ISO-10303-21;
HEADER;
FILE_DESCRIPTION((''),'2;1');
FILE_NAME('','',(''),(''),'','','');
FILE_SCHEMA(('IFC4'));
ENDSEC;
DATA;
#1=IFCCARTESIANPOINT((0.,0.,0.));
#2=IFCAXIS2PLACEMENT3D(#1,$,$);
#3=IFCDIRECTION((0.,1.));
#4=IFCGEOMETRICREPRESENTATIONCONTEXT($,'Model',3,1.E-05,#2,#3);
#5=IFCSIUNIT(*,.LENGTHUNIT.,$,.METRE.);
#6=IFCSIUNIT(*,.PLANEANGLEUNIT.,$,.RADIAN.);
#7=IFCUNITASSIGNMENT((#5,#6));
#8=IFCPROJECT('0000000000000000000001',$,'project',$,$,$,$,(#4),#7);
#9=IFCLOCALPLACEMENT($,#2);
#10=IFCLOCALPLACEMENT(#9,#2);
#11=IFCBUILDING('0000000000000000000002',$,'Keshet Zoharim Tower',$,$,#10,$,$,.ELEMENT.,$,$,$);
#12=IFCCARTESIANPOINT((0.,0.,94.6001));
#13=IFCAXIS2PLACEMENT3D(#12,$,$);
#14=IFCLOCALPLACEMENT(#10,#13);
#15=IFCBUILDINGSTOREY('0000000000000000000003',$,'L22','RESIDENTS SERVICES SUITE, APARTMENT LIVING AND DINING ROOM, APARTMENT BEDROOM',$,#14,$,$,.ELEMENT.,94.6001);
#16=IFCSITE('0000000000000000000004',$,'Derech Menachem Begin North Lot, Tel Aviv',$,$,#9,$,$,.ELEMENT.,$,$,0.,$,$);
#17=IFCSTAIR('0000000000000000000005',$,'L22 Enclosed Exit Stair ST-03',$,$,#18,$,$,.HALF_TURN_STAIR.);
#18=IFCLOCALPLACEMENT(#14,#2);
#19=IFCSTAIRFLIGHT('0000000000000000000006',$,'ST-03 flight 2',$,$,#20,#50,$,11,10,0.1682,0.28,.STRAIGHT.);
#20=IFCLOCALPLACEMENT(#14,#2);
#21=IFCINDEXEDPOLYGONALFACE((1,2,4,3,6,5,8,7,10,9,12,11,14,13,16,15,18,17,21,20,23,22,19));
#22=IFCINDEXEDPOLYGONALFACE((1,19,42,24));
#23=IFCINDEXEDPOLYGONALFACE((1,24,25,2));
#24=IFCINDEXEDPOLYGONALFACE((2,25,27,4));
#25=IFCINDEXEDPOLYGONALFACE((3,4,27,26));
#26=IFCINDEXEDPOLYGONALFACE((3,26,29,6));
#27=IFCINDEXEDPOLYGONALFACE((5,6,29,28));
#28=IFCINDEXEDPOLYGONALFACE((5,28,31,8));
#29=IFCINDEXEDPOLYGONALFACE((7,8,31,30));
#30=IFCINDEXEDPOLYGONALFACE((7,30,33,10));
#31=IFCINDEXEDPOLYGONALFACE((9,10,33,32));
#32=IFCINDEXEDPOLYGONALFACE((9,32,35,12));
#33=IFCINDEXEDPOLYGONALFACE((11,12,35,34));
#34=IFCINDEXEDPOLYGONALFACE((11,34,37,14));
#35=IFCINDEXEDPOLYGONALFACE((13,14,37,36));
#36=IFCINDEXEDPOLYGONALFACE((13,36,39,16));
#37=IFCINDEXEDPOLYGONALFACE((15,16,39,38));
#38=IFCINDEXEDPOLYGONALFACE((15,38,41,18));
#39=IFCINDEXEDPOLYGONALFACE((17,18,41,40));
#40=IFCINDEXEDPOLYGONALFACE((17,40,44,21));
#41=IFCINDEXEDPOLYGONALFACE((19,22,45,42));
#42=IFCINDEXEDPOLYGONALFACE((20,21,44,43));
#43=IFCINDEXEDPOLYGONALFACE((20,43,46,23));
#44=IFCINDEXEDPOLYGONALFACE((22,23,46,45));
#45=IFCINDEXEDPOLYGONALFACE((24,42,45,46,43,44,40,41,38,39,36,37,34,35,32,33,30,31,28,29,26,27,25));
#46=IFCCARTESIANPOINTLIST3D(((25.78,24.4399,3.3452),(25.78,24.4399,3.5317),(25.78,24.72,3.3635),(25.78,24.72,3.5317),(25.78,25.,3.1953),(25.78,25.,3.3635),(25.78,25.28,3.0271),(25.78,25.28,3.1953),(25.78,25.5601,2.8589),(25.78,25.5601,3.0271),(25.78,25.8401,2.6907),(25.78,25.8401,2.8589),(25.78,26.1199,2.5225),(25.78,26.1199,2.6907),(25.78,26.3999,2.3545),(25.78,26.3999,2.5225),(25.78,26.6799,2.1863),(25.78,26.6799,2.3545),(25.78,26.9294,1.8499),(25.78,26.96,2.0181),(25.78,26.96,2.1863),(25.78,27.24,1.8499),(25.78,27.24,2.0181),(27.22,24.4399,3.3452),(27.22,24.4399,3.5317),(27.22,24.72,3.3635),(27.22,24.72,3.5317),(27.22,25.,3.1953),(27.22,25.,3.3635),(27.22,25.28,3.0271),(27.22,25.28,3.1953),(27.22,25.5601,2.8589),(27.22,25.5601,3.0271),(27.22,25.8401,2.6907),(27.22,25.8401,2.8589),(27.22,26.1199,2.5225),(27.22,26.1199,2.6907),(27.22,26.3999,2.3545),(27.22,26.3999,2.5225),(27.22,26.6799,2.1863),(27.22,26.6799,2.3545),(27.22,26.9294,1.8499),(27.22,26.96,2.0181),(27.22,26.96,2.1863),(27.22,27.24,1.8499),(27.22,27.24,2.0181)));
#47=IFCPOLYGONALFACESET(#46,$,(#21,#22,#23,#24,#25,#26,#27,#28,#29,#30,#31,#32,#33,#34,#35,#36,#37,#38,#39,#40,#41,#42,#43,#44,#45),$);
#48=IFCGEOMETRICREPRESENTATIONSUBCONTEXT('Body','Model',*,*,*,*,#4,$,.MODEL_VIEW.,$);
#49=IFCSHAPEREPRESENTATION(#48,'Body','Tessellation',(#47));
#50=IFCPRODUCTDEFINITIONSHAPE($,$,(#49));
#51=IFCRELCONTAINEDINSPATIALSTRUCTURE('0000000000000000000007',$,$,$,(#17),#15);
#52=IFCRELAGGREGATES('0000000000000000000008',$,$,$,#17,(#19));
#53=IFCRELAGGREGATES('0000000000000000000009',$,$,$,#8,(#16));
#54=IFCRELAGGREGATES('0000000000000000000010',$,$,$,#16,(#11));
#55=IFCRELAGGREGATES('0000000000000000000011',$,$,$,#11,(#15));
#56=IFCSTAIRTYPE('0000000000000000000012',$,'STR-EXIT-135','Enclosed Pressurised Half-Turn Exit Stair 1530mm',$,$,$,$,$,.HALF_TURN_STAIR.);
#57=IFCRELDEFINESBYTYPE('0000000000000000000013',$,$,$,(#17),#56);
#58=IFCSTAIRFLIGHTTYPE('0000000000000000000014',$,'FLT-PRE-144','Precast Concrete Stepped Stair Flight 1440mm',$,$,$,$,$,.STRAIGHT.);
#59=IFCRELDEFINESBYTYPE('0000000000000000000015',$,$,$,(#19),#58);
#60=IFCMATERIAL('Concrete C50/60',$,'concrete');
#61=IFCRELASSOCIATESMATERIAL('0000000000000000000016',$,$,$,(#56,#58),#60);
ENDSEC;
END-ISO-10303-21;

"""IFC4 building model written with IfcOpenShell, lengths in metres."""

from ifc_helpers import new_model, si_unit, direction, frame, origin, place, context, subcontext, project, spatial, polyline, outline, extrude, material, type_object, element, aggregate, save


model = new_model("IFC4")

# Units and contexts
model_context = context("Model", 3, precision=1e-05, world=origin(), true_north=direction((0.0, 1.0)))
body_context = subcontext(model_context, "Body", "Model", "MODEL_VIEW")
ifc_project = project(units=[si_unit("LENGTHUNIT", "METRE"), si_unit("PLANEANGLEUNIT", "RADIAN")], contexts=[model_context])

# Site, building, storey
site_placement = place(None, origin())
site = spatial("IfcSite", under=ifc_project, at=site_placement, Name="Derech Menachem Begin North Lot, Tel Aviv", CompositionType="ELEMENT", RefElevation=0.0)
building_placement = place(site_placement, origin())
building = spatial("IfcBuilding", under=site, at=building_placement, Name="Keshet Zoharim Tower", CompositionType="ELEMENT")
storey_placement = place(building_placement, frame((0.0, 0.0, 94.6001)))
storey = spatial("IfcBuildingStorey", under=building, at=storey_placement, Name="L22", Description="RESIDENTS SERVICES SUITE, APARTMENT LIVING AND DINING ROOM, APARTMENT BEDROOM", CompositionType="ELEMENT", Elevation=94.6001)

# Shared definitions
ifc_material_1 = material(Name="Concrete C50/60", Category="concrete")

# Stair, stair flight
stair_type = type_object("IfcStairType", Name="STR-EXIT-135", Description="Enclosed Pressurised Half-Turn Exit Stair 1530mm", PredefinedType="HALF_TURN_STAIR", material=ifc_material_1)
stair_placement = place(storey_placement, origin())
stair = element("IfcStair", 1, at=stair_placement, inside=storey, type_object=stair_type, Name="L22 Enclosed Exit Stair ST-03", PredefinedType="HALF_TURN_STAIR")
stair_flight_type = type_object("IfcStairFlightType", Name="FLT-PRE-144", Description="Precast Concrete Stepped Stair Flight 1440mm", PredefinedType="STRAIGHT", material=ifc_material_1)
stair_flight_1_placement = place(storey_placement, frame((26.5, 27.24, 1.8499), z_axis=(0.0, 0.0, 1.0), x_axis=(0.0, -1.0, 0.0)))
stair_flight_1 = element("IfcStairFlight", 2, at=stair_flight_1_placement, type_object=stair_flight_type, Name="ST-03 flight 2", NumberOfRisers=11, NumberOfTreads=10, PredefinedType="STRAIGHT", RiserHeight=0.1682, TreadLength=0.28, context=body_context, shape_type="SweptSolid", body=[
    extrude(outline(polyline([(0.0, 0.0), (0.0, 0.1682), (0.28, 0.1682), (0.28, 0.3364), (0.5601, 0.3364), (0.5601, 0.5046), (0.8401, 0.5046), (0.8401, 0.6726), (1.1201, 0.6726), (1.1201, 0.8408), (1.3999, 0.8408), (1.3999, 1.009), (1.6799, 1.009), (1.6799, 1.1772), (1.96, 1.1772), (1.96, 1.3455), (2.24, 1.3455), (2.24, 1.5137), (2.52, 1.5137), (2.52, 1.6819), (2.8, 1.6819), (2.8, 1.8501), (2.8, 1.4954), (0.3105, 0.0), (0.0, 0.0)])), frame((0.0, 0.72, 0.0), z_axis=(0.0, -1.0, 0.0), x_axis=(1.0, 0.0, 0.0)), (0.0, 0.0, 1.0), 1.4399),
])
aggregate(stair, [stair_flight_1])

save(model, "model.ifc")
